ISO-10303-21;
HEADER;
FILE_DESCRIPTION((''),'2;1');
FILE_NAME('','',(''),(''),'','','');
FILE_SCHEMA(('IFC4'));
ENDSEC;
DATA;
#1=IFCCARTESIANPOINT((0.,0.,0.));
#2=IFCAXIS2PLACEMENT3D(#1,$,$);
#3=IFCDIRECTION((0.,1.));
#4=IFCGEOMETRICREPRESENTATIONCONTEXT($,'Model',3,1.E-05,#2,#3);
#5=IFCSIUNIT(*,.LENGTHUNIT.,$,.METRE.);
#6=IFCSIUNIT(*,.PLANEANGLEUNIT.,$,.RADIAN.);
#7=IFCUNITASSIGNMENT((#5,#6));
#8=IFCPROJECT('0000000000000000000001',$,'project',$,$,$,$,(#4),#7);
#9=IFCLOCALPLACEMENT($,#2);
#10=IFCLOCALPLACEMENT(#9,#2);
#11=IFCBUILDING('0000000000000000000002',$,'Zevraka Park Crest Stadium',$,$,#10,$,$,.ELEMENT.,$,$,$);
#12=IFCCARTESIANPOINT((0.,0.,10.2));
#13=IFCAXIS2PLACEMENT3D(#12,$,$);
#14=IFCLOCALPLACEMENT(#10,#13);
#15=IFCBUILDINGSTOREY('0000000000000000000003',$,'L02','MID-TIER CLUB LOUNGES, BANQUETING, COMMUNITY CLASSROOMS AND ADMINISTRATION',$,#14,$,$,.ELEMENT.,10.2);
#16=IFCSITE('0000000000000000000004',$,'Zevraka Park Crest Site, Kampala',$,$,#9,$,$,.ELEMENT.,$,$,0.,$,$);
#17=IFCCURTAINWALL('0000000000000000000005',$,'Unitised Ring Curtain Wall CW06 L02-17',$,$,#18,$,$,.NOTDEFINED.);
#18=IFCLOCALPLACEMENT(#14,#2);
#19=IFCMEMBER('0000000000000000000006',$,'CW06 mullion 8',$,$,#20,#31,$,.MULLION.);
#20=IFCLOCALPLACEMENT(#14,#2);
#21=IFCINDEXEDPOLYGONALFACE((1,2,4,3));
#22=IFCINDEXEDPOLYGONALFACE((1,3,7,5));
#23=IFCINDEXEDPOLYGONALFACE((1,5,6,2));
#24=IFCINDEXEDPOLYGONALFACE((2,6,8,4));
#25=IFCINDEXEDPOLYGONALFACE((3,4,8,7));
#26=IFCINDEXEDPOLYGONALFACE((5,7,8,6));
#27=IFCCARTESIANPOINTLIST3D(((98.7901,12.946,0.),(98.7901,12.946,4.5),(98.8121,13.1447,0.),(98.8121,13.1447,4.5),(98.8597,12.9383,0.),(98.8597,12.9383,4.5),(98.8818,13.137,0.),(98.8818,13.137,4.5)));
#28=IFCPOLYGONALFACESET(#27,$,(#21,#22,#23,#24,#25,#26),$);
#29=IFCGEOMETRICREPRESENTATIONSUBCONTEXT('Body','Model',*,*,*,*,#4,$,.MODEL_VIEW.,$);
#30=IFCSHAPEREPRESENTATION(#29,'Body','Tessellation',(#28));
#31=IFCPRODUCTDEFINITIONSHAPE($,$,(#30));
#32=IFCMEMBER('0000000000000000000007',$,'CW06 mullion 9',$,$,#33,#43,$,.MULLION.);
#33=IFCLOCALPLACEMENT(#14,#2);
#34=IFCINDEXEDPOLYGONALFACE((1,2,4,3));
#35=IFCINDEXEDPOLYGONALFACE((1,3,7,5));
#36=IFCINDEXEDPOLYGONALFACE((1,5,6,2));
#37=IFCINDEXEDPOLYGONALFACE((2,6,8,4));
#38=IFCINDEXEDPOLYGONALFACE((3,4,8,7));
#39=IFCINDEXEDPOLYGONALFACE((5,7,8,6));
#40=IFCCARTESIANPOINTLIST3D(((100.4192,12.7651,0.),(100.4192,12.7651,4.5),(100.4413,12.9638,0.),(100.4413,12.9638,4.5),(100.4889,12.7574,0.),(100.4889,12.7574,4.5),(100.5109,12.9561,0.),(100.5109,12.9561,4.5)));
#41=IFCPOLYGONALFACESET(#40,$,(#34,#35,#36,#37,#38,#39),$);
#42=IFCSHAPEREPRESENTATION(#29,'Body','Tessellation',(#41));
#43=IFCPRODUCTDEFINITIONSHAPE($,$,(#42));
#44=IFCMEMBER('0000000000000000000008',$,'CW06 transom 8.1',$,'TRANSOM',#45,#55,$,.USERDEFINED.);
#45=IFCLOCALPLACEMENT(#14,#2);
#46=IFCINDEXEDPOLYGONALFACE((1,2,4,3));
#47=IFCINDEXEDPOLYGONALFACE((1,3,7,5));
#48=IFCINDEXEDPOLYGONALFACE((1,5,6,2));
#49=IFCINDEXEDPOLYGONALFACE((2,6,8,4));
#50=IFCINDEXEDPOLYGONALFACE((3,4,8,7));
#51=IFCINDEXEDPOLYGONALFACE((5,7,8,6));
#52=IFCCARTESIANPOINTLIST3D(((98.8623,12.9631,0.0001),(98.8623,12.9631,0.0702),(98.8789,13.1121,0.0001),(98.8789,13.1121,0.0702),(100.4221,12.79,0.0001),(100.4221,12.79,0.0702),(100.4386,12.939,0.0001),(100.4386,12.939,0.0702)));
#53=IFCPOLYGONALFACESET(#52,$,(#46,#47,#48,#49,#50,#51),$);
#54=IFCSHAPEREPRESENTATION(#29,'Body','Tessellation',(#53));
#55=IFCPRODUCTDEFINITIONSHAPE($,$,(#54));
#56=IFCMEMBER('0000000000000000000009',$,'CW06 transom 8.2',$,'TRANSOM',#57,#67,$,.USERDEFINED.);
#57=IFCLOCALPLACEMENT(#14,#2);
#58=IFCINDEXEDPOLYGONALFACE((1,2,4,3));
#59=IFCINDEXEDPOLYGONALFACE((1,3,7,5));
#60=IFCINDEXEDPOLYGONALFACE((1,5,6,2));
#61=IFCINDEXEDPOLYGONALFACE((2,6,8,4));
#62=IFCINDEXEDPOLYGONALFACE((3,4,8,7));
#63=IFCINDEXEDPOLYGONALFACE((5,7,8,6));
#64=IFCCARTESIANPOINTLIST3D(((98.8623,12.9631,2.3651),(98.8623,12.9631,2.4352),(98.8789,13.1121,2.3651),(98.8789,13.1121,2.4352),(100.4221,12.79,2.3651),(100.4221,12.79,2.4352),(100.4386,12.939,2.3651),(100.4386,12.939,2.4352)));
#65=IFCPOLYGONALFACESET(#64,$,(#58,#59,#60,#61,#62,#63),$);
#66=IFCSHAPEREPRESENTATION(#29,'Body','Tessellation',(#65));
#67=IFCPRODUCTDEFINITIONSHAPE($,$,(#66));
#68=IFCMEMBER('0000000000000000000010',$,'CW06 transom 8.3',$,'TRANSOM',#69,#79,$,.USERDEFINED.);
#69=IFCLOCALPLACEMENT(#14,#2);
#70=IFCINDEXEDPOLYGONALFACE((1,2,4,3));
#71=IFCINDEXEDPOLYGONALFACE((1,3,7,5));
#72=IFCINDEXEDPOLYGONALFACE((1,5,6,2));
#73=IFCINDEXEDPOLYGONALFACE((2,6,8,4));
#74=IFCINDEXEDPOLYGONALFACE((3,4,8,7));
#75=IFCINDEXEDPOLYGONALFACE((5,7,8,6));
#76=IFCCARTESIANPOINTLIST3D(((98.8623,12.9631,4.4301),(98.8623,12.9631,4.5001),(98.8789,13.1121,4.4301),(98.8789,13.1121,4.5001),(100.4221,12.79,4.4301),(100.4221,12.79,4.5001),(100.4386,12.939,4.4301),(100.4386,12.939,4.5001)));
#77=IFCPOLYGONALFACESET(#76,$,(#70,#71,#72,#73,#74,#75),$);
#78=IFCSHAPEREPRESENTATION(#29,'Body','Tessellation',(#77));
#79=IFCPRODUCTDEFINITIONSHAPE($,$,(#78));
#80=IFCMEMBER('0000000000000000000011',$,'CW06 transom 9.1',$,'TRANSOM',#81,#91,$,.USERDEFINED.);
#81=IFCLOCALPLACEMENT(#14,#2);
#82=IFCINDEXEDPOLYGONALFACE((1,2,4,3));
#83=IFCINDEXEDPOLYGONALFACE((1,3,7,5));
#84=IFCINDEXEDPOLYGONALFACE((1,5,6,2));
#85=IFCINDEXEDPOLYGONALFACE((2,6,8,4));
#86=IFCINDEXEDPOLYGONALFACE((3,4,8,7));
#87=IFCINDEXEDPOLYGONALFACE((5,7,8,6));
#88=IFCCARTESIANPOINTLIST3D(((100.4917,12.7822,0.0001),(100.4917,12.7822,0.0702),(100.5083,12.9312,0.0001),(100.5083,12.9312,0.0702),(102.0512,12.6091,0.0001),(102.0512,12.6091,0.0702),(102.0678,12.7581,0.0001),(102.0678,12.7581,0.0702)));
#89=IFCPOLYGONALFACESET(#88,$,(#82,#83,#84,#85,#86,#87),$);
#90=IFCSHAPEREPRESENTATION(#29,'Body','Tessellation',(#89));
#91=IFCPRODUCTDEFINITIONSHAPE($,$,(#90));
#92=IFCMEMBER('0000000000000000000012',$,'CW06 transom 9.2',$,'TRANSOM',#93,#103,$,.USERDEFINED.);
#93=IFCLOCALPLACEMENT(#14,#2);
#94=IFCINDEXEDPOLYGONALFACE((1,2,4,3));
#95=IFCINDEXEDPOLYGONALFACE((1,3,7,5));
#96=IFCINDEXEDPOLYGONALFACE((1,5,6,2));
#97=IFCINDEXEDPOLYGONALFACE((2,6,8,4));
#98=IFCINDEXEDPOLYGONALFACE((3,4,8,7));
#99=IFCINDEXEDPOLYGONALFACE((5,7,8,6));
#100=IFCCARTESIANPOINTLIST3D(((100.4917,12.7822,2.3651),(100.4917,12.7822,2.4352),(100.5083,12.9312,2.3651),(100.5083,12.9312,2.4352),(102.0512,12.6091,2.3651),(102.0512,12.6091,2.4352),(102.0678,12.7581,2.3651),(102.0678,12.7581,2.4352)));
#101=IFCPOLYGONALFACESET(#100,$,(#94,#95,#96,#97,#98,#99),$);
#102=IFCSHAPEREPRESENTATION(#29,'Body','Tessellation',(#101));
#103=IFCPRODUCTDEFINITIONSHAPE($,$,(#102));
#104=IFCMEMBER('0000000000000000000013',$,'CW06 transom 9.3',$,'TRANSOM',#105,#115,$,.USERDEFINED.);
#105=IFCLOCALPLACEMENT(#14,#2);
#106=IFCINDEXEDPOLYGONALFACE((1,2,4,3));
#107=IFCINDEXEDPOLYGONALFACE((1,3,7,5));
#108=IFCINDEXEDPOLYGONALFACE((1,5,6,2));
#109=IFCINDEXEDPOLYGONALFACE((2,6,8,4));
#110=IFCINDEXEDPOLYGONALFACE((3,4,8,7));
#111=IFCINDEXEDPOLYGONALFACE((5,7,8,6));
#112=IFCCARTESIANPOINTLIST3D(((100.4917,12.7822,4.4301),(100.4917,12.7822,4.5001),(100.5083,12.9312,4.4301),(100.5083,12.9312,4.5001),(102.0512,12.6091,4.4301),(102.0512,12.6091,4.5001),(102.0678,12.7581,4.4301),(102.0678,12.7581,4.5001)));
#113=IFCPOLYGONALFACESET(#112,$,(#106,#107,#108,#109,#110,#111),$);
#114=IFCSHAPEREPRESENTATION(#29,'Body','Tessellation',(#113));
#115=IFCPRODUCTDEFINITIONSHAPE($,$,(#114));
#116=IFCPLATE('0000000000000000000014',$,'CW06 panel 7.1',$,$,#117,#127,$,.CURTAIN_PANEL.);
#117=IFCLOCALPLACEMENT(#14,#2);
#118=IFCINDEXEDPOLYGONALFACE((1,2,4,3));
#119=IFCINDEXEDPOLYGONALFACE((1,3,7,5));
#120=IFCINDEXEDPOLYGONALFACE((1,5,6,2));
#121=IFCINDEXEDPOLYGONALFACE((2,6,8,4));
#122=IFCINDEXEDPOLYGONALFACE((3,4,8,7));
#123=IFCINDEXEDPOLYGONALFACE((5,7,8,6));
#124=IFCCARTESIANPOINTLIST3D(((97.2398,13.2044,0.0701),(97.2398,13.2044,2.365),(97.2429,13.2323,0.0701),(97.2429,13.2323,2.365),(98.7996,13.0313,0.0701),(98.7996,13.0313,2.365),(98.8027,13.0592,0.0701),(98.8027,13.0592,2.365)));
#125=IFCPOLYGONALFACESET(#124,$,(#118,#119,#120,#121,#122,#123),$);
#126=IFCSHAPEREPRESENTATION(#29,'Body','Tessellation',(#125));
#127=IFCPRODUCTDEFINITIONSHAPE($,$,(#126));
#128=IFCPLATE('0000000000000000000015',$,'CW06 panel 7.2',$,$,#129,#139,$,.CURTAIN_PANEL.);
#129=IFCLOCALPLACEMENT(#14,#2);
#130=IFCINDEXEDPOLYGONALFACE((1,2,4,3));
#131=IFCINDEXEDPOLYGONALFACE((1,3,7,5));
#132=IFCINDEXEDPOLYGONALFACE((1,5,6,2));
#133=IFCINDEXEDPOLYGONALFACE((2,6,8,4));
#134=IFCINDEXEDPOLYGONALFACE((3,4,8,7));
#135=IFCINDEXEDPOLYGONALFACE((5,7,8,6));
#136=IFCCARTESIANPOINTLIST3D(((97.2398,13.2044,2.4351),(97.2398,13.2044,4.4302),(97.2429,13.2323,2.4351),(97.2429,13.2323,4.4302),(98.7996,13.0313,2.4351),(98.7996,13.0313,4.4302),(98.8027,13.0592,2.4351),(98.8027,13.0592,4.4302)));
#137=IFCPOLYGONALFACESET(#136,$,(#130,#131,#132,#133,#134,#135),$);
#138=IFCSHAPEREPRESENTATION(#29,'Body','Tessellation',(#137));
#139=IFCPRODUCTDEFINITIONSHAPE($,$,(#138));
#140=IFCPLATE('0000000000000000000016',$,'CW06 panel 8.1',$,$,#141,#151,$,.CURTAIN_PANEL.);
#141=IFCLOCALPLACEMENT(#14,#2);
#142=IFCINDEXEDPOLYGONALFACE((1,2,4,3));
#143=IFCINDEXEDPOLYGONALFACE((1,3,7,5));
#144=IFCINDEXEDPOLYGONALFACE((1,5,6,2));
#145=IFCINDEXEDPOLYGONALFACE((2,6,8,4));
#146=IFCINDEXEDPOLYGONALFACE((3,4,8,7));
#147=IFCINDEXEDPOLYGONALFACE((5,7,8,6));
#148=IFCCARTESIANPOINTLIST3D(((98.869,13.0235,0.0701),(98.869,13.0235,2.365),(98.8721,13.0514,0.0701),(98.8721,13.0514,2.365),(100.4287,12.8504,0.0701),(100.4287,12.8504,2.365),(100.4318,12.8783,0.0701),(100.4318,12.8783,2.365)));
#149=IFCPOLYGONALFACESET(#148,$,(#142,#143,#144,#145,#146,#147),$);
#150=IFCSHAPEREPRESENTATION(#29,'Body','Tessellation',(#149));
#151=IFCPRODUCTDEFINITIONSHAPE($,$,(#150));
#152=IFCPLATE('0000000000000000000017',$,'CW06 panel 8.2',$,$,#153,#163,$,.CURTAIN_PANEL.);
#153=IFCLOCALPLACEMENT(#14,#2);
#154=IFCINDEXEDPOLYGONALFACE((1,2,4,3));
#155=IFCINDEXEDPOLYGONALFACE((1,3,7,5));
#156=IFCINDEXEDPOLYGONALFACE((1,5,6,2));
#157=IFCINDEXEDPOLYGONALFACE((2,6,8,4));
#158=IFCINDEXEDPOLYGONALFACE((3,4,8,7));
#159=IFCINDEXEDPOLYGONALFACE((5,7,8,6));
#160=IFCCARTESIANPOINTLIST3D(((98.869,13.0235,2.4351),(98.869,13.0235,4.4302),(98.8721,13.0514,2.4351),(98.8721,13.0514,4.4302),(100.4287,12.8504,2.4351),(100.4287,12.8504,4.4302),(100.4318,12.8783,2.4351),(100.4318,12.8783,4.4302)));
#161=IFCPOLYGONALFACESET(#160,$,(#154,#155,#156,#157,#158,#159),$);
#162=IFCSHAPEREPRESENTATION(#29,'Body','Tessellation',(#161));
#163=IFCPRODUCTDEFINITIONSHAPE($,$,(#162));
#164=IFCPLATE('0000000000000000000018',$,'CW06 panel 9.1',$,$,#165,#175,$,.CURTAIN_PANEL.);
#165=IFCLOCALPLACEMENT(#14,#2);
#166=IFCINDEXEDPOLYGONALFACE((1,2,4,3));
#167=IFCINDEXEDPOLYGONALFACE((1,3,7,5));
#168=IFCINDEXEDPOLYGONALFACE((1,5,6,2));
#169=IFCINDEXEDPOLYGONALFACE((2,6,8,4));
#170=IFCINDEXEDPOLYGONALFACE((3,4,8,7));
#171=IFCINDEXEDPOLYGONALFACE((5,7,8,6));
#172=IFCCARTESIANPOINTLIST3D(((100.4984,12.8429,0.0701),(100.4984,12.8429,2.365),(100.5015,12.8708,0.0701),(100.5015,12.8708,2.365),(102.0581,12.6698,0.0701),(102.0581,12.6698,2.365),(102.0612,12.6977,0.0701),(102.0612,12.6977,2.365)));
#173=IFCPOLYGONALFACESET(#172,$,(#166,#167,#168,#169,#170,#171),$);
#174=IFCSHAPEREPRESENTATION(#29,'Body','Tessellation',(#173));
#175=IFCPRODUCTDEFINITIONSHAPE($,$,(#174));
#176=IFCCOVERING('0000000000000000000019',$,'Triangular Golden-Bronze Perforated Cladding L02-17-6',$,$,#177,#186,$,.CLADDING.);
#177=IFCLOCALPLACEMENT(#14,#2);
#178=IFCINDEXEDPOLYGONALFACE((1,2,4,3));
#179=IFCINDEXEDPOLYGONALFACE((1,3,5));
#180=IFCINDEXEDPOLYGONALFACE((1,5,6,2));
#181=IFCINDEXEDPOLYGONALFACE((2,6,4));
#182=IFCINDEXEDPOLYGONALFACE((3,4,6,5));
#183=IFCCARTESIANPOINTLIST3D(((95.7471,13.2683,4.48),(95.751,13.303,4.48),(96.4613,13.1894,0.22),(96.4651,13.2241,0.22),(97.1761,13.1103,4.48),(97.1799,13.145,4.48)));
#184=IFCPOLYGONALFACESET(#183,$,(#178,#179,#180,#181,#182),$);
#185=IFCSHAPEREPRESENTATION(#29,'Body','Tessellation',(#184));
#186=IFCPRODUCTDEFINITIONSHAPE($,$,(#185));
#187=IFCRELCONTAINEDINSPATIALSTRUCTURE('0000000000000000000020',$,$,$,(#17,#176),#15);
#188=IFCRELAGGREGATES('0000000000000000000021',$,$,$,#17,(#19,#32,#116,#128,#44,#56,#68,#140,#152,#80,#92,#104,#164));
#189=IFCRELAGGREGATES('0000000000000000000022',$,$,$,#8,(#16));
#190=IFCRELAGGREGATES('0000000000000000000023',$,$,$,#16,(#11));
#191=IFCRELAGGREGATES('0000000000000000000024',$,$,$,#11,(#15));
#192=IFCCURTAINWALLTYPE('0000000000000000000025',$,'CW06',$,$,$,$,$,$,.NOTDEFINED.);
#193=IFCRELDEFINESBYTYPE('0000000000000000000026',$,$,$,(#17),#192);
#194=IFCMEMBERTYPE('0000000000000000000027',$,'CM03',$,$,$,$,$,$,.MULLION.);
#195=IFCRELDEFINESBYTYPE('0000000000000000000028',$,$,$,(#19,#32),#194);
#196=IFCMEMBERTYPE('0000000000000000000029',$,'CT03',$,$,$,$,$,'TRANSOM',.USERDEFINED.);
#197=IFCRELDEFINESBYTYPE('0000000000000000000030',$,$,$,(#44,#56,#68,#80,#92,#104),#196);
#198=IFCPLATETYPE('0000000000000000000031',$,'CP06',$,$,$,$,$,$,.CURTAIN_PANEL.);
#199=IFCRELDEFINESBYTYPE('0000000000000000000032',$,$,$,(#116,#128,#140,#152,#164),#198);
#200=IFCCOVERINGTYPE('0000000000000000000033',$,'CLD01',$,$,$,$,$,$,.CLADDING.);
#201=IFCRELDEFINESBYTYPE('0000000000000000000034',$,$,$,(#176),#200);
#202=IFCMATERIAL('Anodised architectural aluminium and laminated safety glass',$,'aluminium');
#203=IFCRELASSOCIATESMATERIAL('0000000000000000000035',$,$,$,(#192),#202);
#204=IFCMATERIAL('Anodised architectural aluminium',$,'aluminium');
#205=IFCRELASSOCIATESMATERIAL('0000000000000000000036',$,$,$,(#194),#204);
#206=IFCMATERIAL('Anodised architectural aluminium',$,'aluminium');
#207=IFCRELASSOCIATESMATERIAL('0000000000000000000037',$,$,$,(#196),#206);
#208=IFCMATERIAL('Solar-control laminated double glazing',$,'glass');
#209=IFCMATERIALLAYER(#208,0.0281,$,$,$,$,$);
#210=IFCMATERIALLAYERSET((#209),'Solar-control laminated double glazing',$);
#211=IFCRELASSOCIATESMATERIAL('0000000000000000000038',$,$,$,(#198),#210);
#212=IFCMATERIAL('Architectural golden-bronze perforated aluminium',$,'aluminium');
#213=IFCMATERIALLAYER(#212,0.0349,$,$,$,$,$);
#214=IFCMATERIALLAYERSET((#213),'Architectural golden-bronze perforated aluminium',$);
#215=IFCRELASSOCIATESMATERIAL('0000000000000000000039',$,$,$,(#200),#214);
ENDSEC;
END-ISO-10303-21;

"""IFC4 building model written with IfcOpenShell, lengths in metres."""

from ifc_helpers import new_model, si_unit, direction, frame, origin, origin_2d, place, context, subcontext, project, spatial, polyline, rectangle, outline, extrude, material, layer, layer_set, material_profile, profile_set, type_object, element, aggregate, save


model = new_model("IFC4")

# Units and contexts
model_context = context("Model", 3, precision=1e-05, world=origin(), true_north=direction((0.0, 1.0)))
body_context = subcontext(model_context, "Body", "Model", "MODEL_VIEW")
ifc_project = project(units=[si_unit("LENGTHUNIT", "METRE"), si_unit("PLANEANGLEUNIT", "RADIAN")], contexts=[model_context])

# Site, building, storey
site_placement = place(None, origin())
site = spatial("IfcSite", under=ifc_project, at=site_placement, Name="Zevraka Park Crest Site, Kampala", CompositionType="ELEMENT", RefElevation=0.0)
building_placement = place(site_placement, origin())
building = spatial("IfcBuilding", under=site, at=building_placement, Name="Zevraka Park Crest Stadium", CompositionType="ELEMENT")
storey_placement = place(building_placement, frame((0.0, 0.0, 10.2)))
storey = spatial("IfcBuildingStorey", under=building, at=storey_placement, Name="L02", Description="MID-TIER CLUB LOUNGES, BANQUETING, COMMUNITY CLASSROOMS AND ADMINISTRATION", CompositionType="ELEMENT", Elevation=10.2)

# Curtain wall, members, plates
ifc_material_1 = material(Name="Anodised architectural aluminium and laminated safety glass", Category="aluminium")
curtain_wall_type = type_object("IfcCurtainWallType", Name="CW06", PredefinedType="NOTDEFINED", material=ifc_material_1)
curtain_wall_placement = place(storey_placement, origin())
curtain_wall = element("IfcCurtainWall", 1, at=curtain_wall_placement, inside=storey, type_object=curtain_wall_type, Name="Unitised Ring Curtain Wall CW06 L02-17", PredefinedType="NOTDEFINED")
ifc_material_2 = material(Name="Anodised architectural aluminium", Category="aluminium")
ifc_material_profile_1 = material_profile(ifc_material_2, rectangle(XDim=0.2, YDim=0.0701, at=origin_2d()), Name="ALU MULLION 200x70")
ifc_profile_set_1 = profile_set([ifc_material_profile_1], Name="Anodised architectural aluminium")
member_type_1 = type_object("IfcMemberType", Name="CM03", PredefinedType="MULLION", material=ifc_profile_set_1)
member_1_placement = place(storey_placement, frame((98.8359, 13.0415, 0.0), z_axis=(0.0, 0.0, 1.0), x_axis=(0.110293, 0.993899, 0.0)))
member_1 = element("IfcMember", 2, at=member_1_placement, type_object=member_type_1, Name="CW06 mullion 8", PredefinedType="MULLION", context=body_context, shape_type="SweptSolid", body=[
    extrude(rectangle(XDim=0.2, YDim=0.0701, at=origin_2d()), origin(), (0.0, 0.0, 1.0), 4.5),
])
member_2_placement = place(storey_placement, frame((100.4651, 12.8606, 0.0), z_axis=(0.0, 0.0, 1.0), x_axis=(0.110293, 0.993899, 0.0)))
member_2 = element("IfcMember", 3, at=member_2_placement, type_object=member_type_1, Name="CW06 mullion 9", PredefinedType="MULLION", context=body_context, shape_type="SweptSolid", body=[
    extrude(rectangle(XDim=0.2, YDim=0.0701, at=origin_2d()), origin(), (0.0, 0.0, 1.0), 4.5),
])
ifc_material_3 = material(Name="Anodised architectural aluminium", Category="aluminium")
ifc_material_profile_2 = material_profile(ifc_material_3, rectangle(XDim=0.1499, YDim=0.0701, at=origin_2d()), Name="ALU TRANSOM 150x70")
ifc_profile_set_2 = profile_set([ifc_material_profile_2], Name="Anodised architectural aluminium")
member_type_2 = type_object("IfcMemberType", Name="CT03", ElementType="TRANSOM", PredefinedType="USERDEFINED", material=ifc_profile_set_2)
member_3_placement = place(storey_placement, frame((98.8706, 13.0376, 0.0352), z_axis=(0.993899, -0.110295, 0.0), x_axis=(0.110295, 0.993899, 0.0)))
member_3 = element("IfcMember", 4, at=member_3_placement, type_object=member_type_2, Name="CW06 transom 8.1", ObjectType="TRANSOM", PredefinedType="USERDEFINED", context=body_context, shape_type="SweptSolid", body=[
    extrude(rectangle(XDim=0.1499, YDim=0.0701, at=origin_2d()), origin(), (0.0, 0.0, 1.0), 1.5693),
])
member_4_placement = place(storey_placement, frame((98.8706, 13.0376, 2.4001), z_axis=(0.993899, -0.110295, 0.0), x_axis=(0.110295, 0.993899, 0.0)))
member_4 = element("IfcMember", 5, at=member_4_placement, type_object=member_type_2, Name="CW06 transom 8.2", ObjectType="TRANSOM", PredefinedType="USERDEFINED", context=body_context, shape_type="SweptSolid", body=[
    extrude(rectangle(XDim=0.1499, YDim=0.0701, at=origin_2d()), origin(), (0.0, 0.0, 1.0), 1.5693),
])
member_5_placement = place(storey_placement, frame((98.8706, 13.0376, 4.4651), z_axis=(0.993899, -0.110295, 0.0), x_axis=(0.110295, 0.993899, 0.0)))
member_5 = element("IfcMember", 6, at=member_5_placement, type_object=member_type_2, Name="CW06 transom 8.3", ObjectType="TRANSOM", PredefinedType="USERDEFINED", context=body_context, shape_type="SweptSolid", body=[
    extrude(rectangle(XDim=0.1499, YDim=0.0701, at=origin_2d()), origin(), (0.0, 0.0, 1.0), 1.5693),
])
member_6_placement = place(storey_placement, frame((100.5, 12.8567, 0.0352), z_axis=(0.993897, -0.110312, 0.0), x_axis=(0.110312, 0.993897, 0.0)))
member_6 = element("IfcMember", 7, at=member_6_placement, type_object=member_type_2, Name="CW06 transom 9.1", ObjectType="TRANSOM", PredefinedType="USERDEFINED", context=body_context, shape_type="SweptSolid", body=[
    extrude(rectangle(XDim=0.1499, YDim=0.0701, at=origin_2d()), origin(), (0.0, 0.0, 1.0), 1.5691),
])
member_7_placement = place(storey_placement, frame((100.5, 12.8567, 2.4001), z_axis=(0.993897, -0.110312, 0.0), x_axis=(0.110312, 0.993897, 0.0)))
member_7 = element("IfcMember", 8, at=member_7_placement, type_object=member_type_2, Name="CW06 transom 9.2", ObjectType="TRANSOM", PredefinedType="USERDEFINED", context=body_context, shape_type="SweptSolid", body=[
    extrude(rectangle(XDim=0.1499, YDim=0.0701, at=origin_2d()), origin(), (0.0, 0.0, 1.0), 1.5691),
])
member_8_placement = place(storey_placement, frame((100.5, 12.8567, 4.4651), z_axis=(0.993897, -0.110312, 0.0), x_axis=(0.110312, 0.993897, 0.0)))
member_8 = element("IfcMember", 9, at=member_8_placement, type_object=member_type_2, Name="CW06 transom 9.3", ObjectType="TRANSOM", PredefinedType="USERDEFINED", context=body_context, shape_type="SweptSolid", body=[
    extrude(rectangle(XDim=0.1499, YDim=0.0701, at=origin_2d()), origin(), (0.0, 0.0, 1.0), 1.5691),
])
ifc_material_4 = material(Name="Solar-control laminated double glazing", Category="glass")
ifc_layer_1 = layer(ifc_material_4, 0.0281)
ifc_layer_set_1 = layer_set([ifc_layer_1], Name="Solar-control laminated double glazing")
plate_type = type_object("IfcPlateType", Name="CP06", PredefinedType="CURTAIN_PANEL", material=ifc_layer_set_1)
plate_1_placement = place(storey_placement, frame((98.0212, 13.1318, 0.0701), z_axis=(0.0, 0.0, 1.0), x_axis=(0.993899, -0.110293, 0.0)))
plate_1 = element("IfcPlate", 10, at=plate_1_placement, type_object=plate_type, Name="CW06 panel 7.1", PredefinedType="CURTAIN_PANEL", context=body_context, shape_type="SweptSolid", body=[
    extrude(rectangle(XDim=1.5693, YDim=0.0281, at=origin_2d()), origin(), (0.0, 0.0, 1.0), 2.2949),
])
plate_2_placement = place(storey_placement, frame((98.0212, 13.1318, 2.4351), z_axis=(0.0, 0.0, 1.0), x_axis=(0.993899, -0.110293, 0.0)))
plate_2 = element("IfcPlate", 11, at=plate_2_placement, type_object=plate_type, Name="CW06 panel 7.2", PredefinedType="CURTAIN_PANEL", context=body_context, shape_type="SweptSolid", body=[
    extrude(rectangle(XDim=1.5693, YDim=0.0281, at=origin_2d()), origin(), (0.0, 0.0, 1.0), 1.9951),
])
plate_3_placement = place(storey_placement, frame((99.6504, 12.9509, 0.0701), z_axis=(0.0, 0.0, 1.0), x_axis=(0.993899, -0.110293, 0.0)))
plate_3 = element("IfcPlate", 12, at=plate_3_placement, type_object=plate_type, Name="CW06 panel 8.1", PredefinedType="CURTAIN_PANEL", context=body_context, shape_type="SweptSolid", body=[
    extrude(rectangle(XDim=1.5693, YDim=0.0281, at=origin_2d()), origin(), (0.0, 0.0, 1.0), 2.2949),
])
plate_4_placement = place(storey_placement, frame((99.6504, 12.9509, 2.4351), z_axis=(0.0, 0.0, 1.0), x_axis=(0.993899, -0.110293, 0.0)))
plate_4 = element("IfcPlate", 13, at=plate_4_placement, type_object=plate_type, Name="CW06 panel 8.2", PredefinedType="CURTAIN_PANEL", context=body_context, shape_type="SweptSolid", body=[
    extrude(rectangle(XDim=1.5693, YDim=0.0281, at=origin_2d()), origin(), (0.0, 0.0, 1.0), 1.9951),
])
plate_5_placement = place(storey_placement, frame((101.2798, 12.7703, 0.0701), z_axis=(0.0, 0.0, 1.0), x_axis=(0.993899, -0.110293, 0.0)))
plate_5 = element("IfcPlate", 14, at=plate_5_placement, type_object=plate_type, Name="CW06 panel 9.1", PredefinedType="CURTAIN_PANEL", context=body_context, shape_type="SweptSolid", body=[
    extrude(rectangle(XDim=1.5693, YDim=0.0281, at=origin_2d()), origin(), (0.0, 0.0, 1.0), 2.2949),
])
aggregate(curtain_wall, [member_1, member_2, plate_1, plate_2, member_3, member_4, member_5, plate_3, plate_4, member_6, member_7, member_8, plate_5])

# Covering
ifc_material_5 = material(Name="Architectural golden-bronze perforated aluminium", Category="aluminium")
ifc_layer_2 = layer(ifc_material_5, 0.0349)
ifc_layer_set_2 = layer_set([ifc_layer_2], Name="Architectural golden-bronze perforated aluminium")
covering_type = type_object("IfcCoveringType", Name="CLD01", PredefinedType="CLADDING", material=ifc_layer_set_2)
covering_1_placement = place(storey_placement, frame((97.1799, 13.145, 4.48), z_axis=(0.109872, 0.993946, 0.000019), x_axis=(-0.993946, 0.109872, 0.0)))
element("IfcCovering", 15, at=covering_1_placement, inside=storey, type_object=covering_type, Name="Triangular Golden-Bronze Perforated Cladding L02-17-6", PredefinedType="CLADDING", context=body_context, shape_type="SweptSolid", body=[
    extrude(outline(polyline([(0.0, 0.0), (1.4377, 0.0), (0.7192, -4.26), (0.0, 0.0)])), origin(), (0.0, 0.0, -1.0), 0.0349),
])

save(model, "model.ifc")
